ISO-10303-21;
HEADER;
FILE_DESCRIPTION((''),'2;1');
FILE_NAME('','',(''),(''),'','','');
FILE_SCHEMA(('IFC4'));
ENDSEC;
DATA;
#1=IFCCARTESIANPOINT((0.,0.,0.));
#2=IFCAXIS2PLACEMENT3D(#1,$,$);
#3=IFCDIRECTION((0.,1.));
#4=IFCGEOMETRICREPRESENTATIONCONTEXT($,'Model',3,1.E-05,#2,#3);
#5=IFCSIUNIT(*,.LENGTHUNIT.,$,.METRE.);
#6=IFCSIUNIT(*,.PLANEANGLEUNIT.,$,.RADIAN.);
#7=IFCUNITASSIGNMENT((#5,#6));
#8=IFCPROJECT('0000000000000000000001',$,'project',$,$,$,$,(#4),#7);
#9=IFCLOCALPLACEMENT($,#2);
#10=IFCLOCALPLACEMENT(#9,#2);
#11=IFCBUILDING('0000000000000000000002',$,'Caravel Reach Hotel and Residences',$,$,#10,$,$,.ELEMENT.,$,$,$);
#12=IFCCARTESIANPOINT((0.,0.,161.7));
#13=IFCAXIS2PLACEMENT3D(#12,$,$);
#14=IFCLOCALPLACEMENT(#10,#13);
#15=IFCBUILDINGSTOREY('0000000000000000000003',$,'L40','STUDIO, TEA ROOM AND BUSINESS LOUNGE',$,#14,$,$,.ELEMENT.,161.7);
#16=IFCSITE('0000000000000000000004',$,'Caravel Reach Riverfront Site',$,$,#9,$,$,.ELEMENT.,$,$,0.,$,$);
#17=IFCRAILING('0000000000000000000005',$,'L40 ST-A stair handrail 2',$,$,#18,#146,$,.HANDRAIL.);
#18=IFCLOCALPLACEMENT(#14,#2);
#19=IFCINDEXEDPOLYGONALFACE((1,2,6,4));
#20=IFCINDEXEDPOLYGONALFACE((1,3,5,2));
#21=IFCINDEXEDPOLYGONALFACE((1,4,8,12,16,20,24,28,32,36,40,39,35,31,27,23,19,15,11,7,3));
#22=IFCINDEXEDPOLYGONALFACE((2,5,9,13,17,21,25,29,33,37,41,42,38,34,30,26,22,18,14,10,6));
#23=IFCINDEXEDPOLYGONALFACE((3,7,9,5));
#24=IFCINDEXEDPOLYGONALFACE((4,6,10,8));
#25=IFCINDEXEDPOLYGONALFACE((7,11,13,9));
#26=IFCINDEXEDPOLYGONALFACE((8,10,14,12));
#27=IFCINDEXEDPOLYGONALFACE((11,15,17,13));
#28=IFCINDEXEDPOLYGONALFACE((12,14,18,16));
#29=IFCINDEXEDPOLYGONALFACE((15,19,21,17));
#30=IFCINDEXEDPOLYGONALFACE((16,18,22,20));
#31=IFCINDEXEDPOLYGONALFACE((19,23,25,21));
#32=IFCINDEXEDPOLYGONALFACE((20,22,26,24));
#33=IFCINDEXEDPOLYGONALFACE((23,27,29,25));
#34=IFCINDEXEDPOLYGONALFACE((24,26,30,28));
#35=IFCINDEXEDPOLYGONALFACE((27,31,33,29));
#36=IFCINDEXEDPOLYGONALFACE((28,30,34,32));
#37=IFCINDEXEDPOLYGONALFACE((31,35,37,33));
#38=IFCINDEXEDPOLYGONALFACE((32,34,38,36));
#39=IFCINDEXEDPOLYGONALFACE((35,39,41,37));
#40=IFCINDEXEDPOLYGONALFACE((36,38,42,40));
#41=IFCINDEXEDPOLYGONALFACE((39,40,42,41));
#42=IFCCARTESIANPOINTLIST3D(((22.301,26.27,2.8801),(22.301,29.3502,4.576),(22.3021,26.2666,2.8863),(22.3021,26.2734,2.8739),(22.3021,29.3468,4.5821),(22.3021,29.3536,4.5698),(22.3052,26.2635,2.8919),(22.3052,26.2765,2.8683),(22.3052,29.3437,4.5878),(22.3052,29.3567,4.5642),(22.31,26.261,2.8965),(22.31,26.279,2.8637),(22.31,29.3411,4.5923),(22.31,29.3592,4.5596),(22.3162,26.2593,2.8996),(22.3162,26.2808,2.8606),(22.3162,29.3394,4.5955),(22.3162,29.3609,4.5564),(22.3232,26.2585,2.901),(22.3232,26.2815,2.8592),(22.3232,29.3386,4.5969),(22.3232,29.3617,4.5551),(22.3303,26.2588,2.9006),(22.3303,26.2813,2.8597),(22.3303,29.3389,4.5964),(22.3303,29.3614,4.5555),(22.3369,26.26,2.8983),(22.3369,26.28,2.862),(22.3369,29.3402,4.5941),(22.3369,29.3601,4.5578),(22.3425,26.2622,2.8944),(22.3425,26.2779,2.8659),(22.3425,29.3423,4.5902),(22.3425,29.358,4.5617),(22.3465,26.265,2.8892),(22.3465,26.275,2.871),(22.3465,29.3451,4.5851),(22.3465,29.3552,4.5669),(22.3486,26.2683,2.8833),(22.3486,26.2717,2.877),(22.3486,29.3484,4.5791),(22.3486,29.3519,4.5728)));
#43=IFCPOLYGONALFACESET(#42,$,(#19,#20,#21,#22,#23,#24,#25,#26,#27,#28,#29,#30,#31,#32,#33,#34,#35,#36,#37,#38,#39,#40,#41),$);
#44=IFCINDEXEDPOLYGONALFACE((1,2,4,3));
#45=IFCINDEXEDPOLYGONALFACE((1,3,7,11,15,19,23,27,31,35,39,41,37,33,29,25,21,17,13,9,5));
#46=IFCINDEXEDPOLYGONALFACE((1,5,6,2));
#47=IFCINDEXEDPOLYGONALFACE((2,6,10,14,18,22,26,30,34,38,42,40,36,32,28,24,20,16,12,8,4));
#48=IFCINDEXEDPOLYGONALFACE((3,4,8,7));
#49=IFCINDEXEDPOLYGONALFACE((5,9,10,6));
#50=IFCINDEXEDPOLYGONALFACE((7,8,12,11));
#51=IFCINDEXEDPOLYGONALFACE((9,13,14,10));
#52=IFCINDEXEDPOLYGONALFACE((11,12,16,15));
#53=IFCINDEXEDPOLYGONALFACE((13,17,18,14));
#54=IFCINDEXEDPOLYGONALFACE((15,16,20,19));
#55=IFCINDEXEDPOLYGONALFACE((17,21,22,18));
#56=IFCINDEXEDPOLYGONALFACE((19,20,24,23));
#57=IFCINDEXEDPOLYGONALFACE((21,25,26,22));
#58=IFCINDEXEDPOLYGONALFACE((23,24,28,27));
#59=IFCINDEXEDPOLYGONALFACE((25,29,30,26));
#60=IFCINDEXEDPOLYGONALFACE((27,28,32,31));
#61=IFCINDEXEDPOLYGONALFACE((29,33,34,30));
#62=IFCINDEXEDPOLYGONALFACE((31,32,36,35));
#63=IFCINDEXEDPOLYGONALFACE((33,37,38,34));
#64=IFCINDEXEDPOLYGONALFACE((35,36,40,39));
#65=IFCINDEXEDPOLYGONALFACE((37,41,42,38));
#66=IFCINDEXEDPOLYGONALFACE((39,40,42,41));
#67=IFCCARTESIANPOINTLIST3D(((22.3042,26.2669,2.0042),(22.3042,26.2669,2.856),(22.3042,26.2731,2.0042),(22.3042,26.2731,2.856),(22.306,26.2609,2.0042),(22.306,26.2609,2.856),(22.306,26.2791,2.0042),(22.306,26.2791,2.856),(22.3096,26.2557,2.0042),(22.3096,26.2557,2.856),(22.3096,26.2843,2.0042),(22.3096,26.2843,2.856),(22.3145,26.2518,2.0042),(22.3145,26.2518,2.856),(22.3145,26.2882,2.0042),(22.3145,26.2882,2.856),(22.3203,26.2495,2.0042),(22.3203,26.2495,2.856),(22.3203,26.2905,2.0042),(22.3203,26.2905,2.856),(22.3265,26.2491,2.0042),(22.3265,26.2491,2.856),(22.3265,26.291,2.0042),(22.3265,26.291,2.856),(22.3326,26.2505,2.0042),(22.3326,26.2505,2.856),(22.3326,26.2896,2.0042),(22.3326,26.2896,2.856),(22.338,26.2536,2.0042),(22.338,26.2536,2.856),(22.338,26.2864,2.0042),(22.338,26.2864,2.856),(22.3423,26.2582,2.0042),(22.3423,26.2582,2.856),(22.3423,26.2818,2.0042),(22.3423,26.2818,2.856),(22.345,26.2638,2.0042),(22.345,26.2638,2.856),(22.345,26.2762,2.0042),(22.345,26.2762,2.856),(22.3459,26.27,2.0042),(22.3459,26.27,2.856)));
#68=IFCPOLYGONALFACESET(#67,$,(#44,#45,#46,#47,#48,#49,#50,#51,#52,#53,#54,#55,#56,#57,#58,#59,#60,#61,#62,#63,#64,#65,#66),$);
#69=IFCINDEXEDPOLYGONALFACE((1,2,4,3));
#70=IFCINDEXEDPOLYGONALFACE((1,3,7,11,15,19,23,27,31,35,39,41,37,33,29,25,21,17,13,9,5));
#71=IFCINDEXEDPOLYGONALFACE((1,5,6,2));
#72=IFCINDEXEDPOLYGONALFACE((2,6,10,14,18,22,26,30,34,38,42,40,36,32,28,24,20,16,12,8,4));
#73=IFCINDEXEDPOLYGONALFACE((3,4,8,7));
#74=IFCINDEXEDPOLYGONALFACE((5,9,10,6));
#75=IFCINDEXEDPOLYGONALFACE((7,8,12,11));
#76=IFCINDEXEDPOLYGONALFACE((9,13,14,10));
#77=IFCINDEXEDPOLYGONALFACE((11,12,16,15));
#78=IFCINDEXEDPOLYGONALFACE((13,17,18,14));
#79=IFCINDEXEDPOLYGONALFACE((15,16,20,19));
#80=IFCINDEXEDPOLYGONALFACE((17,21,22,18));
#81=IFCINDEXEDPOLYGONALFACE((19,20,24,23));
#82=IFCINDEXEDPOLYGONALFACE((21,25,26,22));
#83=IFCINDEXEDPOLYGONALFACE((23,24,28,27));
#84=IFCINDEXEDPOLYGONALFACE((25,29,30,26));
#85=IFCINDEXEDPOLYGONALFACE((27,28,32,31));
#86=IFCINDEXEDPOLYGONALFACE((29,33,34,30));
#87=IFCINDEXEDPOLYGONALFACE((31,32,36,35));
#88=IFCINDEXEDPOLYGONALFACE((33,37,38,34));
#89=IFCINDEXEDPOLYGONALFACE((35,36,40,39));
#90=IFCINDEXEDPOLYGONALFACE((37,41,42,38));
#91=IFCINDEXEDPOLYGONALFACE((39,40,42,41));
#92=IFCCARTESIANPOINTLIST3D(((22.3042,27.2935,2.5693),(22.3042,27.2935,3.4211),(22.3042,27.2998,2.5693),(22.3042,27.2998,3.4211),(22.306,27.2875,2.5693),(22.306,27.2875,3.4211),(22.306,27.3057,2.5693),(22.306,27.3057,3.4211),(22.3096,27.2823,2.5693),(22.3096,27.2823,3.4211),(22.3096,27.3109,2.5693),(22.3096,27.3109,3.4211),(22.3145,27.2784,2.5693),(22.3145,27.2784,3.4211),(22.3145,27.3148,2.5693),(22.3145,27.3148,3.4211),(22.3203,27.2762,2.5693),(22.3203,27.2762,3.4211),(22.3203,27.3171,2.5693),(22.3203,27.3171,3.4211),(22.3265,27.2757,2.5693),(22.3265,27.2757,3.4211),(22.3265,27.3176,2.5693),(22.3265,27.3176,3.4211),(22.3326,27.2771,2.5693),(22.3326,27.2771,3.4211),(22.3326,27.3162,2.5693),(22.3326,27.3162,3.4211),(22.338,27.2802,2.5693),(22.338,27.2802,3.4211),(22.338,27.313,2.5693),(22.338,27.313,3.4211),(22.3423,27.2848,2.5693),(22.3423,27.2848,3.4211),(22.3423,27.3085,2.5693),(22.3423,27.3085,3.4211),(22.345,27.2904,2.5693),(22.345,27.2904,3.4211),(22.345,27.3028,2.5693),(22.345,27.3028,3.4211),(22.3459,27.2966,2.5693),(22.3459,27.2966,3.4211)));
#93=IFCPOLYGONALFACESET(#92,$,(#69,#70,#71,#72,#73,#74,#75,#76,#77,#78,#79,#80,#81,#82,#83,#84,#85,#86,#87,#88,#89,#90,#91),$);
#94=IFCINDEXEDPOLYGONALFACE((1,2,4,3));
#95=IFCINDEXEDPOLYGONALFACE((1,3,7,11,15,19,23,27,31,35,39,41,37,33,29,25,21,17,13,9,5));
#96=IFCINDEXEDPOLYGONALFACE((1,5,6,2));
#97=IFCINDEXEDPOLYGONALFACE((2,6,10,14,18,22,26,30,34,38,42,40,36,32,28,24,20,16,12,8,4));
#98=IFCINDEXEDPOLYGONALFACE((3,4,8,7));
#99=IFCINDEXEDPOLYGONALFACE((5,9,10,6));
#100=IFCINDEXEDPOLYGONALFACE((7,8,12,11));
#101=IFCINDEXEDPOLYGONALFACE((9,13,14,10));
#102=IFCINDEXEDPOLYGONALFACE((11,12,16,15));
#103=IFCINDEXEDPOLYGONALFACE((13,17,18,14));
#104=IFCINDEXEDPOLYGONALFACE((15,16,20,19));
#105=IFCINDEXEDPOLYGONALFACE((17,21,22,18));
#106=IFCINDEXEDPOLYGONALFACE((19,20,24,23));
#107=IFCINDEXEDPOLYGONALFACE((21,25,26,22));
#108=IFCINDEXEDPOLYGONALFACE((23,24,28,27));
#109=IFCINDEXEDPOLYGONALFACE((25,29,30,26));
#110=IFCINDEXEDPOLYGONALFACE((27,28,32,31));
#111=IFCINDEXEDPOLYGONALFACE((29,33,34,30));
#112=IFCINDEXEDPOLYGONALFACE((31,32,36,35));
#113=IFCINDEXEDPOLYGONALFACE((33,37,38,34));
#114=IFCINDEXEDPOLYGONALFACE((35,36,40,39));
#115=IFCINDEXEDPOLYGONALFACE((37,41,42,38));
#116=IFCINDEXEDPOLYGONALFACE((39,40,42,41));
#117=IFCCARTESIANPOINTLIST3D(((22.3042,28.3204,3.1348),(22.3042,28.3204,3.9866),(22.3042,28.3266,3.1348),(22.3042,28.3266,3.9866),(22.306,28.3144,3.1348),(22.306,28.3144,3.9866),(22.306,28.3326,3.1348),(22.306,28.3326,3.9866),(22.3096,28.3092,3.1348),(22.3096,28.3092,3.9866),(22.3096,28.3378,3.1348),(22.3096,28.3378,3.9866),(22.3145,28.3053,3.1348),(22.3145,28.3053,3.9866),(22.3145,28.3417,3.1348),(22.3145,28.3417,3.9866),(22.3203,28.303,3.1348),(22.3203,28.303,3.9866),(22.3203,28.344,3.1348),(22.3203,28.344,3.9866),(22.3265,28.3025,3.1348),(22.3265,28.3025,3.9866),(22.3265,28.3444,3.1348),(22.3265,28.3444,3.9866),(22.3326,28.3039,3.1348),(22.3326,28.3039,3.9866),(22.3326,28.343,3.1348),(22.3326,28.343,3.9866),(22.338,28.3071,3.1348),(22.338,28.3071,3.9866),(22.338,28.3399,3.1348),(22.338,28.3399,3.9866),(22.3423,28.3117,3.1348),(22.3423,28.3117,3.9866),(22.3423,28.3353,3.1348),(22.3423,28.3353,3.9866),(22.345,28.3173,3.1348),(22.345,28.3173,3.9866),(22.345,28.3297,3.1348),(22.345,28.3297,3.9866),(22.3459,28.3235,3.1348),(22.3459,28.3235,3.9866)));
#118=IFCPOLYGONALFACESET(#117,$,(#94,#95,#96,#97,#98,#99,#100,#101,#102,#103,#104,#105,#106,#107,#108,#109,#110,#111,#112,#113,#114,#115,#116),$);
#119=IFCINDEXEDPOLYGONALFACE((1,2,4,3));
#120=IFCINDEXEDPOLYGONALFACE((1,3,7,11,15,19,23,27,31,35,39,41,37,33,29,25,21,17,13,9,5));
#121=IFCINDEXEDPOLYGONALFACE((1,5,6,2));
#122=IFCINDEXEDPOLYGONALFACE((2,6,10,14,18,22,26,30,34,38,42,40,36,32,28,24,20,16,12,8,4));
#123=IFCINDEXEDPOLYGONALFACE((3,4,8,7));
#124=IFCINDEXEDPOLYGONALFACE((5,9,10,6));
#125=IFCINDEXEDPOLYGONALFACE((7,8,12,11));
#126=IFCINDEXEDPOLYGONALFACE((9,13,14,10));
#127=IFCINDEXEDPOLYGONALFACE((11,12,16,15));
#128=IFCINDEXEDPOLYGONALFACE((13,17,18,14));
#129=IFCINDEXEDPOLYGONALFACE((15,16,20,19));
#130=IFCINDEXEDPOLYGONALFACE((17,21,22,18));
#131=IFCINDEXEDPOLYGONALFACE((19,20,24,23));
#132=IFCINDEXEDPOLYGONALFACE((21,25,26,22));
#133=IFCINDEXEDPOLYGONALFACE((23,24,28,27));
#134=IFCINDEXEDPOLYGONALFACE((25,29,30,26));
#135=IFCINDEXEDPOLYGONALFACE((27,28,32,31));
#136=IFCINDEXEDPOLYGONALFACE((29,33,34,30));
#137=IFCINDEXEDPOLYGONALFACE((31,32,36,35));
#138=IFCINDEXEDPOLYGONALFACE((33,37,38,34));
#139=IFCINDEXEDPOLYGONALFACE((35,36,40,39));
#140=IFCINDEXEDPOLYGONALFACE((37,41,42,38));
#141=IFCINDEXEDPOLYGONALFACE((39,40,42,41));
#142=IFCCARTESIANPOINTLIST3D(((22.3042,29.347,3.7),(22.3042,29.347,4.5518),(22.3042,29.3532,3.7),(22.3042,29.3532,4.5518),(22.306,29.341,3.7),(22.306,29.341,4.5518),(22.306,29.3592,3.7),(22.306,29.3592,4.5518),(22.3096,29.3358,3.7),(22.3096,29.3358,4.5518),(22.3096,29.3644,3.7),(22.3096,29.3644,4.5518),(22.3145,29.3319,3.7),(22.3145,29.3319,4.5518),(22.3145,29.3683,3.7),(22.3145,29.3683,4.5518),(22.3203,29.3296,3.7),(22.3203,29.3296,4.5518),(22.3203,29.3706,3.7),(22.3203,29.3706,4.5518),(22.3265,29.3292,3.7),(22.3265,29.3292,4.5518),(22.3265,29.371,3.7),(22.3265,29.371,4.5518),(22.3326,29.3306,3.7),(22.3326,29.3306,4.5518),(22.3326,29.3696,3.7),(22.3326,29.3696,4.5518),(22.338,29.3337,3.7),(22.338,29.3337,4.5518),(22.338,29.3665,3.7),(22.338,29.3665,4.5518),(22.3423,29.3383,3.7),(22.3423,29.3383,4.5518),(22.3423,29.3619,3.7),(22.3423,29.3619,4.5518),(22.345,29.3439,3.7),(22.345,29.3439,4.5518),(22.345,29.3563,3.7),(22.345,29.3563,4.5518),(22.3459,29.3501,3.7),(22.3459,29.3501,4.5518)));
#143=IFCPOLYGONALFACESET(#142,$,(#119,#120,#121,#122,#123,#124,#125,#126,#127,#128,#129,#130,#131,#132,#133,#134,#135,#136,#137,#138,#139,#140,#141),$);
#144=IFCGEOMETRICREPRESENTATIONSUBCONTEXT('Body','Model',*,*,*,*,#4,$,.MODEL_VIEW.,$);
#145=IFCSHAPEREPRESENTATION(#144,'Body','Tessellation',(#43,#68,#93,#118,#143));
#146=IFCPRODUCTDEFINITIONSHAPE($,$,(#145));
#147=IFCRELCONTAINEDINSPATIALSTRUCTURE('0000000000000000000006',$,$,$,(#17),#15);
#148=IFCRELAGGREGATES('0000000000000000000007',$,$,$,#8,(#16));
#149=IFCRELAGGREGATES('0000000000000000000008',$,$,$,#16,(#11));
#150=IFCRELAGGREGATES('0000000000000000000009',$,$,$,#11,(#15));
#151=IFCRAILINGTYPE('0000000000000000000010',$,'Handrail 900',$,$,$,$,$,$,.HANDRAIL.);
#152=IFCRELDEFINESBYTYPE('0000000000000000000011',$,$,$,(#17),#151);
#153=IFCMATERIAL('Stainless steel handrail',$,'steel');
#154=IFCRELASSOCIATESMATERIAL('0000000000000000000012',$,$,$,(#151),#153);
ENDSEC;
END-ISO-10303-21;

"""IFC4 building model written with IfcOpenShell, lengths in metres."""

from ifc_helpers import new_model, si_unit, direction, frame, origin, origin_2d, place, context, subcontext, project, spatial, circle, extrude, material, type_object, element, save


model = new_model("IFC4")

# Units and contexts
model_context = context("Model", 3, precision=1e-05, world=origin(), true_north=direction((0.0, 1.0)))
body_context = subcontext(model_context, "Body", "Model", "MODEL_VIEW")
ifc_project = project(units=[si_unit("LENGTHUNIT", "METRE"), si_unit("PLANEANGLEUNIT", "RADIAN")], contexts=[model_context])

# Site, building, storey
site_placement = place(None, origin())
site = spatial("IfcSite", under=ifc_project, at=site_placement, Name="Caravel Reach Riverfront Site", CompositionType="ELEMENT", RefElevation=0.0)
building_placement = place(site_placement, origin())
building = spatial("IfcBuilding", under=site, at=building_placement, Name="Caravel Reach Hotel and Residences", CompositionType="ELEMENT")
storey_placement = place(building_placement, frame((0.0, 0.0, 161.7)))
storey = spatial("IfcBuildingStorey", under=building, at=storey_placement, Name="L40", Description="STUDIO, TEA ROOM AND BUSINESS LOUNGE", CompositionType="ELEMENT", Elevation=161.7)

# Railing
ifc_material_1 = material(Name="Stainless steel handrail", Category="steel")
railing_type = type_object("IfcRailingType", Name="Handrail 900", PredefinedType="HANDRAIL", material=ifc_material_1)
railing_placement = place(storey_placement, frame((22.325, 26.27, 2.0042)))
element("IfcRailing", 1, at=railing_placement, inside=storey, type_object=railing_type, Name="L40 ST-A stair handrail 2", PredefinedType="HANDRAIL", context=body_context, shape_type="SweptSolid", body=[
    extrude(circle(Radius=0.0239, at=origin_2d()), frame((0.0, 0.0, 0.876), z_axis=(0.0, 0.876005, 0.482303), x_axis=(-1.0, 0.0, 0.0)), (0.0, 0.0, 1.0), 3.5161),
    extrude(circle(Radius=0.021, at=origin_2d()), origin(), (0.0, 0.0, 1.0), 0.8518),
    extrude(circle(Radius=0.021, at=origin_2d()), frame((0.0, 1.0266, 0.5652)), (0.0, 0.0, 1.0), 0.8518),
    extrude(circle(Radius=0.021, at=origin_2d()), frame((0.0, 2.0535, 1.1306)), (0.0, 0.0, 1.0), 0.8518),
    extrude(circle(Radius=0.021, at=origin_2d()), frame((0.0, 3.0801, 1.6958)), (0.0, 0.0, 1.0), 0.8518),
])

save(model, "model.ifc")
